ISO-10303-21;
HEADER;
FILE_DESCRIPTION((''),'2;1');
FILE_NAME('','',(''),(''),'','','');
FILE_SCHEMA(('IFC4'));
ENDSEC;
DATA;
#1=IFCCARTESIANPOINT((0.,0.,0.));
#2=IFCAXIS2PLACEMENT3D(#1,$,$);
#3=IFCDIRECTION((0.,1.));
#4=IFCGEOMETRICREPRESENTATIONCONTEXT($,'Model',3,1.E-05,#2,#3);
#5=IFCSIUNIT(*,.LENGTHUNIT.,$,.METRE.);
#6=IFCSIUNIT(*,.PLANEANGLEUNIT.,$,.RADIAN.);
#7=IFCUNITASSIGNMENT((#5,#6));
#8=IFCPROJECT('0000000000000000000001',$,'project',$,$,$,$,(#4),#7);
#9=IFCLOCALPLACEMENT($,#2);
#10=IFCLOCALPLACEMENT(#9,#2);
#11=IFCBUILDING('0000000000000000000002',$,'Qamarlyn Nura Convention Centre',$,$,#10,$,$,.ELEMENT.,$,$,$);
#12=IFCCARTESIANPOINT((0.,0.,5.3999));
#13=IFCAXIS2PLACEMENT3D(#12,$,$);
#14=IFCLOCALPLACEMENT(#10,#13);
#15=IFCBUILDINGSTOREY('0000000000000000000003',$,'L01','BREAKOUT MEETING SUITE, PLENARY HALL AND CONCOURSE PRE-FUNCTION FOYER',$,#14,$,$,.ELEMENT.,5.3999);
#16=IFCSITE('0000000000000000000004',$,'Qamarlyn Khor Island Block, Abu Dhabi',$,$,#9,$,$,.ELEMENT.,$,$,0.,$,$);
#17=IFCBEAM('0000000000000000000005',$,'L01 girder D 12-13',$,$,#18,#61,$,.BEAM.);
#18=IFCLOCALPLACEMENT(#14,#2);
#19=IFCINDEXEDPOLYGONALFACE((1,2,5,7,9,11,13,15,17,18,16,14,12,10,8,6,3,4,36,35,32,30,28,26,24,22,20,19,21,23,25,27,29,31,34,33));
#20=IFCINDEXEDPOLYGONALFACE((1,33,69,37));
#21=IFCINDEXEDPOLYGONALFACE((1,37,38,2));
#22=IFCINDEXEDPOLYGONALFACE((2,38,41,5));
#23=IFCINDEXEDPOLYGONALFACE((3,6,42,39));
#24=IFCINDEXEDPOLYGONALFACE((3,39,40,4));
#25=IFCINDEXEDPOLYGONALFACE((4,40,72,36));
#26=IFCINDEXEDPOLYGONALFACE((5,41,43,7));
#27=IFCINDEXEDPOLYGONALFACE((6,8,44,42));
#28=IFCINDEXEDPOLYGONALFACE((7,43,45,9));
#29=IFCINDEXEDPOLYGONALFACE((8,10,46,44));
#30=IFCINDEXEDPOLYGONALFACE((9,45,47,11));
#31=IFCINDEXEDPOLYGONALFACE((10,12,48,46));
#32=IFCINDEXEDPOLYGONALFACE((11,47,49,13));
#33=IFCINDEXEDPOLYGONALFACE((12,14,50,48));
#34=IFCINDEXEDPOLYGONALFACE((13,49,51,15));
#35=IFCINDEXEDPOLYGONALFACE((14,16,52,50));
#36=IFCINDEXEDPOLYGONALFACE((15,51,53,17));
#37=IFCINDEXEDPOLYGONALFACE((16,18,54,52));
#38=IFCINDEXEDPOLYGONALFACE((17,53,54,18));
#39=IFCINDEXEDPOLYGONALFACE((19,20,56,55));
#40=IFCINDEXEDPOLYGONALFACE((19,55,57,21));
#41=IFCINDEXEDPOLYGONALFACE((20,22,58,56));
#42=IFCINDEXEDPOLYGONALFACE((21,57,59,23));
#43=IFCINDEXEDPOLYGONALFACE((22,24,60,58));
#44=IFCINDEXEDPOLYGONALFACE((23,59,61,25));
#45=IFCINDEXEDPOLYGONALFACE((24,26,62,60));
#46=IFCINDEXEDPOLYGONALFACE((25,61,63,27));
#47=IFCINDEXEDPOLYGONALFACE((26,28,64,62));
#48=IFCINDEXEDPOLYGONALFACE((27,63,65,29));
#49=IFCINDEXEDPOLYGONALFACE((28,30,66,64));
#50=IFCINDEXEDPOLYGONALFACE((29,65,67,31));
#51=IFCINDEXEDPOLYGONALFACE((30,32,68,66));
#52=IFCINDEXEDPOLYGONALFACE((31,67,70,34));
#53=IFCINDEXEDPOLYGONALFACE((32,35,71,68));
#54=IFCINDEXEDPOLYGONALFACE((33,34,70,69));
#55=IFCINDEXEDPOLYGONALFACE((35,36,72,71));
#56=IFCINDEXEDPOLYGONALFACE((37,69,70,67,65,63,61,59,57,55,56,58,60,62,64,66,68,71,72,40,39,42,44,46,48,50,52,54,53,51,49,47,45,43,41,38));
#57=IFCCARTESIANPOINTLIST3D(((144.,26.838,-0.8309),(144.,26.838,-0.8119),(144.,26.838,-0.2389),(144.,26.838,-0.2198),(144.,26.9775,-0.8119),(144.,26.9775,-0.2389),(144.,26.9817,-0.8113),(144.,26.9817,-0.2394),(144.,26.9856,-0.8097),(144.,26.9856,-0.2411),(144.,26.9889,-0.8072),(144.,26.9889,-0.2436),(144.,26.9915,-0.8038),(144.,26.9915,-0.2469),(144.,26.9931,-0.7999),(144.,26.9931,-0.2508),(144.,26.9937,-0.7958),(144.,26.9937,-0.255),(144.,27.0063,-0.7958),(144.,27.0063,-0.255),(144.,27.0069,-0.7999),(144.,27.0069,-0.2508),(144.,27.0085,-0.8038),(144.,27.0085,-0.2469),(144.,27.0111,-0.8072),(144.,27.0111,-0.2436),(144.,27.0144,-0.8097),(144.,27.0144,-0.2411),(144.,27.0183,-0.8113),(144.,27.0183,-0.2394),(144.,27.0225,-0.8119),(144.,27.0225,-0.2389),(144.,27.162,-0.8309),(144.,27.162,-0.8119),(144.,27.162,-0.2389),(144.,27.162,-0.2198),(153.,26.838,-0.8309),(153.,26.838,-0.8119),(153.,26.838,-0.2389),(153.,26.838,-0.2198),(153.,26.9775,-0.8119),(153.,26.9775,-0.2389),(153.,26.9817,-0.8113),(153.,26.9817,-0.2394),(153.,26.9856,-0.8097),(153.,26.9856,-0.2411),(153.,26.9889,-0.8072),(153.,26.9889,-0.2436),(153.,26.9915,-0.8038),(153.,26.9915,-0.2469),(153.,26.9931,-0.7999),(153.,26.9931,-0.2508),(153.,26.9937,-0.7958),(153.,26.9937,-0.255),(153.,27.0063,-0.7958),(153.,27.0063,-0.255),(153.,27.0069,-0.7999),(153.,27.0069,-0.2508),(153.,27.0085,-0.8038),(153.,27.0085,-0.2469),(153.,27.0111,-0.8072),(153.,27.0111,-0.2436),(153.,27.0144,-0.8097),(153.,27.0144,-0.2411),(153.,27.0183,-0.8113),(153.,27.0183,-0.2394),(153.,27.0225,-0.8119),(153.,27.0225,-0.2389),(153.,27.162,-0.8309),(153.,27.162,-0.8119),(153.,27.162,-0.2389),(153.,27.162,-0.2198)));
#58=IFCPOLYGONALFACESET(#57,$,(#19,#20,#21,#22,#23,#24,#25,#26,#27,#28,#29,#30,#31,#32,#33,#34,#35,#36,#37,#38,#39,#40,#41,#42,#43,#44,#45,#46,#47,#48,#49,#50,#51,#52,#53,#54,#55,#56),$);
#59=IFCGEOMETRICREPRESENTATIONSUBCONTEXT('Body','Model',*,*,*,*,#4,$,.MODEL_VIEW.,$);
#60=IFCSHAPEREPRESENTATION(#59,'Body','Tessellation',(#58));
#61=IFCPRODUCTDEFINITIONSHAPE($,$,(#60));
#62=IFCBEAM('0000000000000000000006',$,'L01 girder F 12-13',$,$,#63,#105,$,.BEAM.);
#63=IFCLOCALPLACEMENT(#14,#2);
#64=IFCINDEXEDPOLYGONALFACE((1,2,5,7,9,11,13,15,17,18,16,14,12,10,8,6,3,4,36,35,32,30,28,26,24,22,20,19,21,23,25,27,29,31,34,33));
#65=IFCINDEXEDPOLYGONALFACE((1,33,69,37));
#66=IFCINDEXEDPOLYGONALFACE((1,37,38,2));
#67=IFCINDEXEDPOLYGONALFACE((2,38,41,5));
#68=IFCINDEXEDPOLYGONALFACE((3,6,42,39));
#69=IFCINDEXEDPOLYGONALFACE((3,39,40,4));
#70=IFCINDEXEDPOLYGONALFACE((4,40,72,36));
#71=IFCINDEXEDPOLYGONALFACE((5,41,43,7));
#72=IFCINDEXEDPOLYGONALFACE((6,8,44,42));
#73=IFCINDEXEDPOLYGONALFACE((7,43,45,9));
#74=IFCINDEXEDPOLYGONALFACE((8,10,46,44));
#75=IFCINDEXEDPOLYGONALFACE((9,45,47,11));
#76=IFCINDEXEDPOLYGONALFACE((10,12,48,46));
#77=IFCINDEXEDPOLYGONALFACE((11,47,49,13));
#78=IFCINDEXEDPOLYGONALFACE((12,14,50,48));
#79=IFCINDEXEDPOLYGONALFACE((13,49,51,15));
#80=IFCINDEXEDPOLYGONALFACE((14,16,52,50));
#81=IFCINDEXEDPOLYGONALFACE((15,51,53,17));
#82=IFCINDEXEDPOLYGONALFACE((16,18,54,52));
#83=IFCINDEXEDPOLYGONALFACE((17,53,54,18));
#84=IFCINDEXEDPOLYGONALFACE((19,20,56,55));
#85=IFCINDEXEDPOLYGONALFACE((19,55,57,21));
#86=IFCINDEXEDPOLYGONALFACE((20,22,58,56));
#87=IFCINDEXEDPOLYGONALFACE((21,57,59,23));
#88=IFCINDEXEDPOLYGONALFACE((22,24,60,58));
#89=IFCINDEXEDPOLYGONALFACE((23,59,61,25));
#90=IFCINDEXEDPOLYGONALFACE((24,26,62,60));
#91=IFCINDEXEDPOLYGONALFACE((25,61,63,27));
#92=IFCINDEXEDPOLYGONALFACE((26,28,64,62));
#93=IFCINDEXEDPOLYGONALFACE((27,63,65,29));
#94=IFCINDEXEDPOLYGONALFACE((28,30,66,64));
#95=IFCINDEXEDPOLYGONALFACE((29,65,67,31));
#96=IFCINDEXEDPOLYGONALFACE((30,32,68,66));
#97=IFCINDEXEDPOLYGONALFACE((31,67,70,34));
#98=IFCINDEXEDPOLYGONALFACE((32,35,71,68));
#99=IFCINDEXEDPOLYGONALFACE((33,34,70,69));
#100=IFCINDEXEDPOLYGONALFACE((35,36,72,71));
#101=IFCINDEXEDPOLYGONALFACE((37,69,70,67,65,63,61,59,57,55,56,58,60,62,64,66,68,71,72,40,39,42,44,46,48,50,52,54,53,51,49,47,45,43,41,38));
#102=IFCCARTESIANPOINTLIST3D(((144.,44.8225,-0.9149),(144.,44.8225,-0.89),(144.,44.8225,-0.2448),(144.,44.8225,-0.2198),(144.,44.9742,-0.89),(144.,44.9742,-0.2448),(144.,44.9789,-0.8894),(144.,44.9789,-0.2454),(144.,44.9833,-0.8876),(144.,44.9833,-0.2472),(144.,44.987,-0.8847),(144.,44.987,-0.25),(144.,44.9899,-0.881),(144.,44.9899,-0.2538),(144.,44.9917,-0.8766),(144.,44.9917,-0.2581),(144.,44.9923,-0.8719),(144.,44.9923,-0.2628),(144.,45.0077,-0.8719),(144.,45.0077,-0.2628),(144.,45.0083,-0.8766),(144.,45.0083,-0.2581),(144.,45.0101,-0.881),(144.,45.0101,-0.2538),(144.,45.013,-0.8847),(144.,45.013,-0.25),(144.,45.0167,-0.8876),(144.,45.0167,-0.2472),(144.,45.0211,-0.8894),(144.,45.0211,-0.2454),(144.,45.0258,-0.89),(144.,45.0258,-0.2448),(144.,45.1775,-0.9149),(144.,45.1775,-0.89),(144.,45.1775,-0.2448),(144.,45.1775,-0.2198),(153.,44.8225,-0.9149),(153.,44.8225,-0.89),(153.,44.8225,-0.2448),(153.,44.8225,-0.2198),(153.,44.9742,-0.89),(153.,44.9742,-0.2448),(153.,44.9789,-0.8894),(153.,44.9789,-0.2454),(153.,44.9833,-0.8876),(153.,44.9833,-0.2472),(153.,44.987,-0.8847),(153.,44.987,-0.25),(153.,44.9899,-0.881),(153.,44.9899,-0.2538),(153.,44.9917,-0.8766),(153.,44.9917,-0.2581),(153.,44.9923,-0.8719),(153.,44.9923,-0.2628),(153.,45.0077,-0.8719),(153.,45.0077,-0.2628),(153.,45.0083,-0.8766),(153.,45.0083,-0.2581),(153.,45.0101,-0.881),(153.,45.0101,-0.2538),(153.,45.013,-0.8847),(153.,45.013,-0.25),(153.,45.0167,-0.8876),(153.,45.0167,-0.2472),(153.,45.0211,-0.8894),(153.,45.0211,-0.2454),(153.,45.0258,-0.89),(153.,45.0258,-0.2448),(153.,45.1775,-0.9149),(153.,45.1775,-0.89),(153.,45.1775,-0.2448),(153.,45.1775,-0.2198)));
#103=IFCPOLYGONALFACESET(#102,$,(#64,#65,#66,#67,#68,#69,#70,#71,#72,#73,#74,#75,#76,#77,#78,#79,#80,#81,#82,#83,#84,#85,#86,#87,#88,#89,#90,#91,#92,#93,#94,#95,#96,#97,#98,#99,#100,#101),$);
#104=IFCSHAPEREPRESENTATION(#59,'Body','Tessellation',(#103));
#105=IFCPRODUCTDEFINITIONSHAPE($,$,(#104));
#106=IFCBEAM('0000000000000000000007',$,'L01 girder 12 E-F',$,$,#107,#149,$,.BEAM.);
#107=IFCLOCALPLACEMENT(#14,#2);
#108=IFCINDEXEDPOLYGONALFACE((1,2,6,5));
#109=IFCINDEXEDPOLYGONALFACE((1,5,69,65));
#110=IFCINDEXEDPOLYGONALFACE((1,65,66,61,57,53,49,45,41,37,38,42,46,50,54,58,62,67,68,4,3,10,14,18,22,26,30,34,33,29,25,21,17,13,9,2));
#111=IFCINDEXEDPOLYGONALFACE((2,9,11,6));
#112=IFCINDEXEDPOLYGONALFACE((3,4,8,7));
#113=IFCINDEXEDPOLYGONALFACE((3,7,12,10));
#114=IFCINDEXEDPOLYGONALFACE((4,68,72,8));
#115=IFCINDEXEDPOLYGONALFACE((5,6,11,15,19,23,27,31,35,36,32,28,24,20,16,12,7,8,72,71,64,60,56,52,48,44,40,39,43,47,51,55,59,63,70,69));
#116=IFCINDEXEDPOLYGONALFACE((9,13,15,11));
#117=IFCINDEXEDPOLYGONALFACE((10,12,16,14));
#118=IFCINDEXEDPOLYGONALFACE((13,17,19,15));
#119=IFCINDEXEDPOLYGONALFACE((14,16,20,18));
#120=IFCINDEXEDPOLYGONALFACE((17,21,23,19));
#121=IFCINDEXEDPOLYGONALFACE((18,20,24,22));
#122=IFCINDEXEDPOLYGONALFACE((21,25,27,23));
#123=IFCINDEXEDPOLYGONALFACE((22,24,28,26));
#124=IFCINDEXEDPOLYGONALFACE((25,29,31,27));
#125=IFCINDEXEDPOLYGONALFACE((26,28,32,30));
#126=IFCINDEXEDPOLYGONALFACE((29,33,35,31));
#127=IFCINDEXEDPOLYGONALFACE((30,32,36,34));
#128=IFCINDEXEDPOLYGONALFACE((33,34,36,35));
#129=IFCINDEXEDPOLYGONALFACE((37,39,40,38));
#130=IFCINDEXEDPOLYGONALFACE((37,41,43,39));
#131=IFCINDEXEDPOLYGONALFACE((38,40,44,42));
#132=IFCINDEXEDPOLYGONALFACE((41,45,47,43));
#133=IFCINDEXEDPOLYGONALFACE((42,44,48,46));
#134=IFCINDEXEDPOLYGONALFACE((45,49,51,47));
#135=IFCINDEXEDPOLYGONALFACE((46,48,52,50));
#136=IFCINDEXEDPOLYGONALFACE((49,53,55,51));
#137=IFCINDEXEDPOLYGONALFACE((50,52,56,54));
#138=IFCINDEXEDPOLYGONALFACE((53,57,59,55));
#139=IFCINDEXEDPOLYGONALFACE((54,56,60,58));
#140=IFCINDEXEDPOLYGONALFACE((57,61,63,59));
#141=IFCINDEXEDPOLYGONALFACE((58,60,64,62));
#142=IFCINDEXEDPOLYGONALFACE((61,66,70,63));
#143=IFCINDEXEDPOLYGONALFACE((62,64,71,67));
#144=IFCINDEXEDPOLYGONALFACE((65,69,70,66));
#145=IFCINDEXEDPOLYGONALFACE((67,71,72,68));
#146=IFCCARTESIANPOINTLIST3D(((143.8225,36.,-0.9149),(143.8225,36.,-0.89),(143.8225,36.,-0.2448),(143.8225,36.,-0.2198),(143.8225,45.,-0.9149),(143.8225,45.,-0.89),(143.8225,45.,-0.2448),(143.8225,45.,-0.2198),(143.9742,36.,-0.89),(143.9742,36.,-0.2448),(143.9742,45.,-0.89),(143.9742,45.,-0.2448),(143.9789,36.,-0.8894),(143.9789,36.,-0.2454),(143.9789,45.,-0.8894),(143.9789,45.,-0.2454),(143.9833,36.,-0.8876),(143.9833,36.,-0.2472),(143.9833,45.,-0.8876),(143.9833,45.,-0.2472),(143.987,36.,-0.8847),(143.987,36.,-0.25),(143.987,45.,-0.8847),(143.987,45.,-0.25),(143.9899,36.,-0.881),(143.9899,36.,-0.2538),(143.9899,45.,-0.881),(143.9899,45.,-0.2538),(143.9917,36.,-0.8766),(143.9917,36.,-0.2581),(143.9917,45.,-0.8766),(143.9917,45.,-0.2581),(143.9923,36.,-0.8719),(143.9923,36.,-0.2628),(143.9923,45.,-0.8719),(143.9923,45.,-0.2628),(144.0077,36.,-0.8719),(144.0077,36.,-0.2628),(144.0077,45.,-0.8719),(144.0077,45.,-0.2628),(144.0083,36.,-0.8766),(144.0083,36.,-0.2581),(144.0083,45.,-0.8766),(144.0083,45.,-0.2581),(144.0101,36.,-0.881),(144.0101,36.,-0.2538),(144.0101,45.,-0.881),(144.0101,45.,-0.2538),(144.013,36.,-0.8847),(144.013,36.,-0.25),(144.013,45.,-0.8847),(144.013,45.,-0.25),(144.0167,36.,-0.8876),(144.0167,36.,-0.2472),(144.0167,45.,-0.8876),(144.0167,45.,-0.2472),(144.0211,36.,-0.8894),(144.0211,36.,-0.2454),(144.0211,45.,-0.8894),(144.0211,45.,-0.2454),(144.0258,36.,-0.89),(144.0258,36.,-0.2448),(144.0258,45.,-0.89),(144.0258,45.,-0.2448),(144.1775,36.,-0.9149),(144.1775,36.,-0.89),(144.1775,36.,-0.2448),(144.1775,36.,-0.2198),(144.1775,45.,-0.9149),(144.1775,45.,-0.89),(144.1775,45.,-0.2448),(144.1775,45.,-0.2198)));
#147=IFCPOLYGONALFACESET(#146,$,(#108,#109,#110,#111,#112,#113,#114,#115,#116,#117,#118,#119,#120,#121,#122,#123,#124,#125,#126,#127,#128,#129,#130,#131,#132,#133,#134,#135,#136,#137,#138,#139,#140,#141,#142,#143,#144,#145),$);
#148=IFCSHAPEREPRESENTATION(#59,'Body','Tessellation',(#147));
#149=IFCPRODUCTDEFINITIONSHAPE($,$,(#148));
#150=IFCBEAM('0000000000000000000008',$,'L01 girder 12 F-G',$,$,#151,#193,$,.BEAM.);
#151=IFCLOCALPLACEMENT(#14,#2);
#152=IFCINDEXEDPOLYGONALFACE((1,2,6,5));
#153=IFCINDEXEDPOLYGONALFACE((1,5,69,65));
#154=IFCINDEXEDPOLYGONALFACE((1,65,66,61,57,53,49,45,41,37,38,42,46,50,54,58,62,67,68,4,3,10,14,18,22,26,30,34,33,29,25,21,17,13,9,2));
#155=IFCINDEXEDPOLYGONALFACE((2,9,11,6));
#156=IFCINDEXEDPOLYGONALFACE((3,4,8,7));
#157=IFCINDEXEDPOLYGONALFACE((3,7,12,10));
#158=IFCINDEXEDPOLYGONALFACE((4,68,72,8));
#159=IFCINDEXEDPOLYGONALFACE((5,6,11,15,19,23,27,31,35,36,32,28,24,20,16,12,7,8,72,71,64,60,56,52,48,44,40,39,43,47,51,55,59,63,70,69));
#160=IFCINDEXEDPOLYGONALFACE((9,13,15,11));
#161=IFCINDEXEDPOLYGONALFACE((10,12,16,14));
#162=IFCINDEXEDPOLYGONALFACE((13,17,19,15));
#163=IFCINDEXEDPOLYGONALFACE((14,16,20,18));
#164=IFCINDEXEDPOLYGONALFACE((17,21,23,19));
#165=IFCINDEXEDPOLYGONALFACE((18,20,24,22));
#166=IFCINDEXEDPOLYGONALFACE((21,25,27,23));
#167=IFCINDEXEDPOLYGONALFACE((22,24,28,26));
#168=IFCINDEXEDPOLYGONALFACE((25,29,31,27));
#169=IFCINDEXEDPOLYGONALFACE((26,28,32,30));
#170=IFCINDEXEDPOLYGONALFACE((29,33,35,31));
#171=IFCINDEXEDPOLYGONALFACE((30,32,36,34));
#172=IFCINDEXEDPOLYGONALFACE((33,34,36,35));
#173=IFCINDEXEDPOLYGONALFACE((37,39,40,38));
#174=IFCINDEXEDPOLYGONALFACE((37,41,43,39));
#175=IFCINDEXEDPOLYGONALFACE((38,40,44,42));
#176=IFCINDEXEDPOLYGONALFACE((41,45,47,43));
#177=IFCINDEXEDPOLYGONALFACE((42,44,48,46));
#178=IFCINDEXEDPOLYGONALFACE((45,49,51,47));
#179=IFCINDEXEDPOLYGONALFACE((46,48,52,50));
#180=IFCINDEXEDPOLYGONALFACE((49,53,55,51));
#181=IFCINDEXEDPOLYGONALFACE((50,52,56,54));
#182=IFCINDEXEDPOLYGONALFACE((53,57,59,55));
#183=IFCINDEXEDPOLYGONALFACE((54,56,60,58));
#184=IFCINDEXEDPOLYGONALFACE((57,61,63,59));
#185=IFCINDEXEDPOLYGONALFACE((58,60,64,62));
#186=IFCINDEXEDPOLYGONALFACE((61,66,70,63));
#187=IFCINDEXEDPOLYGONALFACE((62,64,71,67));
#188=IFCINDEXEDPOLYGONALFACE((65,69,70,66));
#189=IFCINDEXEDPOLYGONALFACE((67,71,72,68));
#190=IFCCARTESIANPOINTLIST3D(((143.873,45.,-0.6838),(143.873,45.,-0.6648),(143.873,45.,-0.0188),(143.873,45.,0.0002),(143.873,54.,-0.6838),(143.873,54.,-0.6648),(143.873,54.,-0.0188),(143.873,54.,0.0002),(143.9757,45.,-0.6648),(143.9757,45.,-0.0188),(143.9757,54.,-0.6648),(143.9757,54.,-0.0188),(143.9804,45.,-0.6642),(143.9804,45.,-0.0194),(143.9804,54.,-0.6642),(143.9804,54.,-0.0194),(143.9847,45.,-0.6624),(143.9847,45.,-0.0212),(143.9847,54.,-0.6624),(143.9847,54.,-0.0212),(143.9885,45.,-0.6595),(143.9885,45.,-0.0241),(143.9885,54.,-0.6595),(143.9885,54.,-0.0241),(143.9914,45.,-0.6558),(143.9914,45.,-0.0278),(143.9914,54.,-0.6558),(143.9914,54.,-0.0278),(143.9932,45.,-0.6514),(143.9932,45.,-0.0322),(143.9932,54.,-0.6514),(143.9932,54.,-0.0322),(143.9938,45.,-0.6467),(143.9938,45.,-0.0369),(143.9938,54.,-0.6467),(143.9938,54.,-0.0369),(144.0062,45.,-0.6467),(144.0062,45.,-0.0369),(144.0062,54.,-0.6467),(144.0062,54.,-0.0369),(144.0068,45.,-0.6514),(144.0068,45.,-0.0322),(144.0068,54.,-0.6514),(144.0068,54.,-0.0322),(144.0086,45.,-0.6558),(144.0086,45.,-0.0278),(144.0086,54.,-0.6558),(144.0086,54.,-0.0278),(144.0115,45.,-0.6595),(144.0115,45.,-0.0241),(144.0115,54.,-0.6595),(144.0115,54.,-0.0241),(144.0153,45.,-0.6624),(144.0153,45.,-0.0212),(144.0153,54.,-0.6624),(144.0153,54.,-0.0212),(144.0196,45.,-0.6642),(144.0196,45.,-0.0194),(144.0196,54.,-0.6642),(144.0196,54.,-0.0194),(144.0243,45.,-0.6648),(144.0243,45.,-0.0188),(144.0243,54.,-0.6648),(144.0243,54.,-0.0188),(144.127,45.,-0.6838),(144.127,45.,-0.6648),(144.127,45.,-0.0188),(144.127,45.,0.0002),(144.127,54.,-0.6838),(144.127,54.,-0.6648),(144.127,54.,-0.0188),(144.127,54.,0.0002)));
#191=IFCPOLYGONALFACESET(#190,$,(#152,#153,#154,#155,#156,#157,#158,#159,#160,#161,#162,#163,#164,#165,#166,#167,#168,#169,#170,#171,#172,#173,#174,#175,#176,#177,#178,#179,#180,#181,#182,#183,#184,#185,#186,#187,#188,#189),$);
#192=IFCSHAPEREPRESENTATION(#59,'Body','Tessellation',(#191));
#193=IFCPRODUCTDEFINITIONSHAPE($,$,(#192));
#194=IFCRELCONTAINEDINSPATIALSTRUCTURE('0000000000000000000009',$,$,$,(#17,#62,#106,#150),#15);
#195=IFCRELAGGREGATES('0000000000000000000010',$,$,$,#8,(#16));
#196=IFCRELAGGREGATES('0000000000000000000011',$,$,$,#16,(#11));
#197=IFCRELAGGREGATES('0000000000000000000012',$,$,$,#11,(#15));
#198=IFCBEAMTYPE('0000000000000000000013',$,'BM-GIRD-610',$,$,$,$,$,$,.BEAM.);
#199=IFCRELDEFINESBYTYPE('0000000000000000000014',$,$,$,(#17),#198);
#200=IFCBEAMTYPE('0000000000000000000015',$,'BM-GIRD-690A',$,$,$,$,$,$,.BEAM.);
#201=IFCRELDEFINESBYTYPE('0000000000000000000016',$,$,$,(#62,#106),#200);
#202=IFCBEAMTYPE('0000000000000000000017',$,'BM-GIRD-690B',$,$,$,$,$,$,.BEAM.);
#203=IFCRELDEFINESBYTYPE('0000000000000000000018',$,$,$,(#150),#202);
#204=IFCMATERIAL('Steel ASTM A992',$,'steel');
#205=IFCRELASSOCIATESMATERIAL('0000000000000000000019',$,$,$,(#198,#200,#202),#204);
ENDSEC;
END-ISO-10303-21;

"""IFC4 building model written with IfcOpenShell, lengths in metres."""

from ifc_helpers import new_model, si_unit, direction, frame, origin, origin_2d, place, context, subcontext, project, spatial, i_section, extrude, material, material_profile, profile_set, type_object, element, save


model = new_model("IFC4")

# Units and contexts
model_context = context("Model", 3, precision=1e-05, world=origin(), true_north=direction((0.0, 1.0)))
body_context = subcontext(model_context, "Body", "Model", "MODEL_VIEW")
ifc_project = project(units=[si_unit("LENGTHUNIT", "METRE"), si_unit("PLANEANGLEUNIT", "RADIAN")], contexts=[model_context])

# Site, building, storey
site_placement = place(None, origin())
site = spatial("IfcSite", under=ifc_project, at=site_placement, Name="Qamarlyn Khor Island Block, Abu Dhabi", CompositionType="ELEMENT", RefElevation=0.0)
building_placement = place(site_placement, origin())
building = spatial("IfcBuilding", under=site, at=building_placement, Name="Qamarlyn Nura Convention Centre", CompositionType="ELEMENT")
storey_placement = place(building_placement, frame((0.0, 0.0, 5.3999)))
storey = spatial("IfcBuildingStorey", under=building, at=storey_placement, Name="L01", Description="BREAKOUT MEETING SUITE, PLENARY HALL AND CONCOURSE PRE-FUNCTION FOYER", CompositionType="ELEMENT", Elevation=5.3999)

# Shared definitions
ifc_material_1 = material(Name="Steel ASTM A992", Category="steel")

# Beams
ifc_material_profile_1 = material_profile(ifc_material_1, i_section(OverallWidth=0.324, OverallDepth=0.6111, WebThickness=0.0127, FlangeThickness=0.019, FilletRadius=0.0161, at=origin_2d()), Name="W610X155")
ifc_profile_set_1 = profile_set([ifc_material_profile_1], Name="Steel ASTM A992")
beam_type_1 = type_object("IfcBeamType", Name="BM-GIRD-610", PredefinedType="BEAM", material=ifc_profile_set_1)
beam_1_placement = place(storey_placement, frame((144.0, 27.0, -0.5254), z_axis=(1.0, 0.0, 0.0), x_axis=(0.0, 1.0, 0.0)))
element("IfcBeam", 1, at=beam_1_placement, inside=storey, type_object=beam_type_1, Name="L01 girder D 12-13", PredefinedType="BEAM", context=body_context, shape_type="SweptSolid", body=[
    extrude(i_section(OverallWidth=0.324, OverallDepth=0.6111, WebThickness=0.0127, FlangeThickness=0.019, FilletRadius=0.0161, at=origin_2d()), origin(), (0.0, 0.0, 1.0), 9.0),
])
ifc_material_profile_2 = material_profile(ifc_material_1, i_section(OverallWidth=0.355, OverallDepth=0.6951, WebThickness=0.0154, FlangeThickness=0.0249, FilletRadius=0.0181, at=origin_2d()), Name="W690X217")
ifc_profile_set_2 = profile_set([ifc_material_profile_2], Name="Steel ASTM A992")
beam_type_2 = type_object("IfcBeamType", Name="BM-GIRD-690A", PredefinedType="BEAM", material=ifc_profile_set_2)
for number, where, z_axis, x_axis, name in (
    (2, (144.0, 45.0, -0.5674), (1.0, 0.0, 0.0), (0.0, 1.0, 0.0), "L01 girder F 12-13"),
    (3, (144.0, 36.0, -0.5674), (0.0, 1.0, 0.0), (-1.0, 0.0, 0.0), "L01 girder 12 E-F"),
):
    element("IfcBeam", number, at=place(storey_placement, frame(where, z_axis=z_axis, x_axis=x_axis)), inside=storey, type_object=beam_type_2, Name=name, PredefinedType="BEAM", context=body_context, shape_type="SweptSolid", body=[
        extrude(i_section(OverallWidth=0.355, OverallDepth=0.6951, WebThickness=0.0154, FlangeThickness=0.0249, FilletRadius=0.0181, at=origin_2d()), origin(), (0.0, 0.0, 1.0), 9.0),
    ])
ifc_material_profile_3 = material_profile(ifc_material_1, i_section(OverallWidth=0.2539, OverallDepth=0.6841, WebThickness=0.0125, FlangeThickness=0.019, FilletRadius=0.0181, at=origin_2d()), Name="W690X140")
ifc_profile_set_3 = profile_set([ifc_material_profile_3], Name="Steel ASTM A992")
beam_type_3 = type_object("IfcBeamType", Name="BM-GIRD-690B", PredefinedType="BEAM", material=ifc_profile_set_3)
beam_2_placement = place(storey_placement, frame((144.0, 45.0, -0.3418), z_axis=(0.0, 1.0, 0.0), x_axis=(-1.0, 0.0, 0.0)))
element("IfcBeam", 4, at=beam_2_placement, inside=storey, type_object=beam_type_3, Name="L01 girder 12 F-G", PredefinedType="BEAM", context=body_context, shape_type="SweptSolid", body=[
    extrude(i_section(OverallWidth=0.2539, OverallDepth=0.6841, WebThickness=0.0125, FlangeThickness=0.019, FilletRadius=0.0181, at=origin_2d()), origin(), (0.0, 0.0, 1.0), 9.0),
])

save(model, "model.ifc")
